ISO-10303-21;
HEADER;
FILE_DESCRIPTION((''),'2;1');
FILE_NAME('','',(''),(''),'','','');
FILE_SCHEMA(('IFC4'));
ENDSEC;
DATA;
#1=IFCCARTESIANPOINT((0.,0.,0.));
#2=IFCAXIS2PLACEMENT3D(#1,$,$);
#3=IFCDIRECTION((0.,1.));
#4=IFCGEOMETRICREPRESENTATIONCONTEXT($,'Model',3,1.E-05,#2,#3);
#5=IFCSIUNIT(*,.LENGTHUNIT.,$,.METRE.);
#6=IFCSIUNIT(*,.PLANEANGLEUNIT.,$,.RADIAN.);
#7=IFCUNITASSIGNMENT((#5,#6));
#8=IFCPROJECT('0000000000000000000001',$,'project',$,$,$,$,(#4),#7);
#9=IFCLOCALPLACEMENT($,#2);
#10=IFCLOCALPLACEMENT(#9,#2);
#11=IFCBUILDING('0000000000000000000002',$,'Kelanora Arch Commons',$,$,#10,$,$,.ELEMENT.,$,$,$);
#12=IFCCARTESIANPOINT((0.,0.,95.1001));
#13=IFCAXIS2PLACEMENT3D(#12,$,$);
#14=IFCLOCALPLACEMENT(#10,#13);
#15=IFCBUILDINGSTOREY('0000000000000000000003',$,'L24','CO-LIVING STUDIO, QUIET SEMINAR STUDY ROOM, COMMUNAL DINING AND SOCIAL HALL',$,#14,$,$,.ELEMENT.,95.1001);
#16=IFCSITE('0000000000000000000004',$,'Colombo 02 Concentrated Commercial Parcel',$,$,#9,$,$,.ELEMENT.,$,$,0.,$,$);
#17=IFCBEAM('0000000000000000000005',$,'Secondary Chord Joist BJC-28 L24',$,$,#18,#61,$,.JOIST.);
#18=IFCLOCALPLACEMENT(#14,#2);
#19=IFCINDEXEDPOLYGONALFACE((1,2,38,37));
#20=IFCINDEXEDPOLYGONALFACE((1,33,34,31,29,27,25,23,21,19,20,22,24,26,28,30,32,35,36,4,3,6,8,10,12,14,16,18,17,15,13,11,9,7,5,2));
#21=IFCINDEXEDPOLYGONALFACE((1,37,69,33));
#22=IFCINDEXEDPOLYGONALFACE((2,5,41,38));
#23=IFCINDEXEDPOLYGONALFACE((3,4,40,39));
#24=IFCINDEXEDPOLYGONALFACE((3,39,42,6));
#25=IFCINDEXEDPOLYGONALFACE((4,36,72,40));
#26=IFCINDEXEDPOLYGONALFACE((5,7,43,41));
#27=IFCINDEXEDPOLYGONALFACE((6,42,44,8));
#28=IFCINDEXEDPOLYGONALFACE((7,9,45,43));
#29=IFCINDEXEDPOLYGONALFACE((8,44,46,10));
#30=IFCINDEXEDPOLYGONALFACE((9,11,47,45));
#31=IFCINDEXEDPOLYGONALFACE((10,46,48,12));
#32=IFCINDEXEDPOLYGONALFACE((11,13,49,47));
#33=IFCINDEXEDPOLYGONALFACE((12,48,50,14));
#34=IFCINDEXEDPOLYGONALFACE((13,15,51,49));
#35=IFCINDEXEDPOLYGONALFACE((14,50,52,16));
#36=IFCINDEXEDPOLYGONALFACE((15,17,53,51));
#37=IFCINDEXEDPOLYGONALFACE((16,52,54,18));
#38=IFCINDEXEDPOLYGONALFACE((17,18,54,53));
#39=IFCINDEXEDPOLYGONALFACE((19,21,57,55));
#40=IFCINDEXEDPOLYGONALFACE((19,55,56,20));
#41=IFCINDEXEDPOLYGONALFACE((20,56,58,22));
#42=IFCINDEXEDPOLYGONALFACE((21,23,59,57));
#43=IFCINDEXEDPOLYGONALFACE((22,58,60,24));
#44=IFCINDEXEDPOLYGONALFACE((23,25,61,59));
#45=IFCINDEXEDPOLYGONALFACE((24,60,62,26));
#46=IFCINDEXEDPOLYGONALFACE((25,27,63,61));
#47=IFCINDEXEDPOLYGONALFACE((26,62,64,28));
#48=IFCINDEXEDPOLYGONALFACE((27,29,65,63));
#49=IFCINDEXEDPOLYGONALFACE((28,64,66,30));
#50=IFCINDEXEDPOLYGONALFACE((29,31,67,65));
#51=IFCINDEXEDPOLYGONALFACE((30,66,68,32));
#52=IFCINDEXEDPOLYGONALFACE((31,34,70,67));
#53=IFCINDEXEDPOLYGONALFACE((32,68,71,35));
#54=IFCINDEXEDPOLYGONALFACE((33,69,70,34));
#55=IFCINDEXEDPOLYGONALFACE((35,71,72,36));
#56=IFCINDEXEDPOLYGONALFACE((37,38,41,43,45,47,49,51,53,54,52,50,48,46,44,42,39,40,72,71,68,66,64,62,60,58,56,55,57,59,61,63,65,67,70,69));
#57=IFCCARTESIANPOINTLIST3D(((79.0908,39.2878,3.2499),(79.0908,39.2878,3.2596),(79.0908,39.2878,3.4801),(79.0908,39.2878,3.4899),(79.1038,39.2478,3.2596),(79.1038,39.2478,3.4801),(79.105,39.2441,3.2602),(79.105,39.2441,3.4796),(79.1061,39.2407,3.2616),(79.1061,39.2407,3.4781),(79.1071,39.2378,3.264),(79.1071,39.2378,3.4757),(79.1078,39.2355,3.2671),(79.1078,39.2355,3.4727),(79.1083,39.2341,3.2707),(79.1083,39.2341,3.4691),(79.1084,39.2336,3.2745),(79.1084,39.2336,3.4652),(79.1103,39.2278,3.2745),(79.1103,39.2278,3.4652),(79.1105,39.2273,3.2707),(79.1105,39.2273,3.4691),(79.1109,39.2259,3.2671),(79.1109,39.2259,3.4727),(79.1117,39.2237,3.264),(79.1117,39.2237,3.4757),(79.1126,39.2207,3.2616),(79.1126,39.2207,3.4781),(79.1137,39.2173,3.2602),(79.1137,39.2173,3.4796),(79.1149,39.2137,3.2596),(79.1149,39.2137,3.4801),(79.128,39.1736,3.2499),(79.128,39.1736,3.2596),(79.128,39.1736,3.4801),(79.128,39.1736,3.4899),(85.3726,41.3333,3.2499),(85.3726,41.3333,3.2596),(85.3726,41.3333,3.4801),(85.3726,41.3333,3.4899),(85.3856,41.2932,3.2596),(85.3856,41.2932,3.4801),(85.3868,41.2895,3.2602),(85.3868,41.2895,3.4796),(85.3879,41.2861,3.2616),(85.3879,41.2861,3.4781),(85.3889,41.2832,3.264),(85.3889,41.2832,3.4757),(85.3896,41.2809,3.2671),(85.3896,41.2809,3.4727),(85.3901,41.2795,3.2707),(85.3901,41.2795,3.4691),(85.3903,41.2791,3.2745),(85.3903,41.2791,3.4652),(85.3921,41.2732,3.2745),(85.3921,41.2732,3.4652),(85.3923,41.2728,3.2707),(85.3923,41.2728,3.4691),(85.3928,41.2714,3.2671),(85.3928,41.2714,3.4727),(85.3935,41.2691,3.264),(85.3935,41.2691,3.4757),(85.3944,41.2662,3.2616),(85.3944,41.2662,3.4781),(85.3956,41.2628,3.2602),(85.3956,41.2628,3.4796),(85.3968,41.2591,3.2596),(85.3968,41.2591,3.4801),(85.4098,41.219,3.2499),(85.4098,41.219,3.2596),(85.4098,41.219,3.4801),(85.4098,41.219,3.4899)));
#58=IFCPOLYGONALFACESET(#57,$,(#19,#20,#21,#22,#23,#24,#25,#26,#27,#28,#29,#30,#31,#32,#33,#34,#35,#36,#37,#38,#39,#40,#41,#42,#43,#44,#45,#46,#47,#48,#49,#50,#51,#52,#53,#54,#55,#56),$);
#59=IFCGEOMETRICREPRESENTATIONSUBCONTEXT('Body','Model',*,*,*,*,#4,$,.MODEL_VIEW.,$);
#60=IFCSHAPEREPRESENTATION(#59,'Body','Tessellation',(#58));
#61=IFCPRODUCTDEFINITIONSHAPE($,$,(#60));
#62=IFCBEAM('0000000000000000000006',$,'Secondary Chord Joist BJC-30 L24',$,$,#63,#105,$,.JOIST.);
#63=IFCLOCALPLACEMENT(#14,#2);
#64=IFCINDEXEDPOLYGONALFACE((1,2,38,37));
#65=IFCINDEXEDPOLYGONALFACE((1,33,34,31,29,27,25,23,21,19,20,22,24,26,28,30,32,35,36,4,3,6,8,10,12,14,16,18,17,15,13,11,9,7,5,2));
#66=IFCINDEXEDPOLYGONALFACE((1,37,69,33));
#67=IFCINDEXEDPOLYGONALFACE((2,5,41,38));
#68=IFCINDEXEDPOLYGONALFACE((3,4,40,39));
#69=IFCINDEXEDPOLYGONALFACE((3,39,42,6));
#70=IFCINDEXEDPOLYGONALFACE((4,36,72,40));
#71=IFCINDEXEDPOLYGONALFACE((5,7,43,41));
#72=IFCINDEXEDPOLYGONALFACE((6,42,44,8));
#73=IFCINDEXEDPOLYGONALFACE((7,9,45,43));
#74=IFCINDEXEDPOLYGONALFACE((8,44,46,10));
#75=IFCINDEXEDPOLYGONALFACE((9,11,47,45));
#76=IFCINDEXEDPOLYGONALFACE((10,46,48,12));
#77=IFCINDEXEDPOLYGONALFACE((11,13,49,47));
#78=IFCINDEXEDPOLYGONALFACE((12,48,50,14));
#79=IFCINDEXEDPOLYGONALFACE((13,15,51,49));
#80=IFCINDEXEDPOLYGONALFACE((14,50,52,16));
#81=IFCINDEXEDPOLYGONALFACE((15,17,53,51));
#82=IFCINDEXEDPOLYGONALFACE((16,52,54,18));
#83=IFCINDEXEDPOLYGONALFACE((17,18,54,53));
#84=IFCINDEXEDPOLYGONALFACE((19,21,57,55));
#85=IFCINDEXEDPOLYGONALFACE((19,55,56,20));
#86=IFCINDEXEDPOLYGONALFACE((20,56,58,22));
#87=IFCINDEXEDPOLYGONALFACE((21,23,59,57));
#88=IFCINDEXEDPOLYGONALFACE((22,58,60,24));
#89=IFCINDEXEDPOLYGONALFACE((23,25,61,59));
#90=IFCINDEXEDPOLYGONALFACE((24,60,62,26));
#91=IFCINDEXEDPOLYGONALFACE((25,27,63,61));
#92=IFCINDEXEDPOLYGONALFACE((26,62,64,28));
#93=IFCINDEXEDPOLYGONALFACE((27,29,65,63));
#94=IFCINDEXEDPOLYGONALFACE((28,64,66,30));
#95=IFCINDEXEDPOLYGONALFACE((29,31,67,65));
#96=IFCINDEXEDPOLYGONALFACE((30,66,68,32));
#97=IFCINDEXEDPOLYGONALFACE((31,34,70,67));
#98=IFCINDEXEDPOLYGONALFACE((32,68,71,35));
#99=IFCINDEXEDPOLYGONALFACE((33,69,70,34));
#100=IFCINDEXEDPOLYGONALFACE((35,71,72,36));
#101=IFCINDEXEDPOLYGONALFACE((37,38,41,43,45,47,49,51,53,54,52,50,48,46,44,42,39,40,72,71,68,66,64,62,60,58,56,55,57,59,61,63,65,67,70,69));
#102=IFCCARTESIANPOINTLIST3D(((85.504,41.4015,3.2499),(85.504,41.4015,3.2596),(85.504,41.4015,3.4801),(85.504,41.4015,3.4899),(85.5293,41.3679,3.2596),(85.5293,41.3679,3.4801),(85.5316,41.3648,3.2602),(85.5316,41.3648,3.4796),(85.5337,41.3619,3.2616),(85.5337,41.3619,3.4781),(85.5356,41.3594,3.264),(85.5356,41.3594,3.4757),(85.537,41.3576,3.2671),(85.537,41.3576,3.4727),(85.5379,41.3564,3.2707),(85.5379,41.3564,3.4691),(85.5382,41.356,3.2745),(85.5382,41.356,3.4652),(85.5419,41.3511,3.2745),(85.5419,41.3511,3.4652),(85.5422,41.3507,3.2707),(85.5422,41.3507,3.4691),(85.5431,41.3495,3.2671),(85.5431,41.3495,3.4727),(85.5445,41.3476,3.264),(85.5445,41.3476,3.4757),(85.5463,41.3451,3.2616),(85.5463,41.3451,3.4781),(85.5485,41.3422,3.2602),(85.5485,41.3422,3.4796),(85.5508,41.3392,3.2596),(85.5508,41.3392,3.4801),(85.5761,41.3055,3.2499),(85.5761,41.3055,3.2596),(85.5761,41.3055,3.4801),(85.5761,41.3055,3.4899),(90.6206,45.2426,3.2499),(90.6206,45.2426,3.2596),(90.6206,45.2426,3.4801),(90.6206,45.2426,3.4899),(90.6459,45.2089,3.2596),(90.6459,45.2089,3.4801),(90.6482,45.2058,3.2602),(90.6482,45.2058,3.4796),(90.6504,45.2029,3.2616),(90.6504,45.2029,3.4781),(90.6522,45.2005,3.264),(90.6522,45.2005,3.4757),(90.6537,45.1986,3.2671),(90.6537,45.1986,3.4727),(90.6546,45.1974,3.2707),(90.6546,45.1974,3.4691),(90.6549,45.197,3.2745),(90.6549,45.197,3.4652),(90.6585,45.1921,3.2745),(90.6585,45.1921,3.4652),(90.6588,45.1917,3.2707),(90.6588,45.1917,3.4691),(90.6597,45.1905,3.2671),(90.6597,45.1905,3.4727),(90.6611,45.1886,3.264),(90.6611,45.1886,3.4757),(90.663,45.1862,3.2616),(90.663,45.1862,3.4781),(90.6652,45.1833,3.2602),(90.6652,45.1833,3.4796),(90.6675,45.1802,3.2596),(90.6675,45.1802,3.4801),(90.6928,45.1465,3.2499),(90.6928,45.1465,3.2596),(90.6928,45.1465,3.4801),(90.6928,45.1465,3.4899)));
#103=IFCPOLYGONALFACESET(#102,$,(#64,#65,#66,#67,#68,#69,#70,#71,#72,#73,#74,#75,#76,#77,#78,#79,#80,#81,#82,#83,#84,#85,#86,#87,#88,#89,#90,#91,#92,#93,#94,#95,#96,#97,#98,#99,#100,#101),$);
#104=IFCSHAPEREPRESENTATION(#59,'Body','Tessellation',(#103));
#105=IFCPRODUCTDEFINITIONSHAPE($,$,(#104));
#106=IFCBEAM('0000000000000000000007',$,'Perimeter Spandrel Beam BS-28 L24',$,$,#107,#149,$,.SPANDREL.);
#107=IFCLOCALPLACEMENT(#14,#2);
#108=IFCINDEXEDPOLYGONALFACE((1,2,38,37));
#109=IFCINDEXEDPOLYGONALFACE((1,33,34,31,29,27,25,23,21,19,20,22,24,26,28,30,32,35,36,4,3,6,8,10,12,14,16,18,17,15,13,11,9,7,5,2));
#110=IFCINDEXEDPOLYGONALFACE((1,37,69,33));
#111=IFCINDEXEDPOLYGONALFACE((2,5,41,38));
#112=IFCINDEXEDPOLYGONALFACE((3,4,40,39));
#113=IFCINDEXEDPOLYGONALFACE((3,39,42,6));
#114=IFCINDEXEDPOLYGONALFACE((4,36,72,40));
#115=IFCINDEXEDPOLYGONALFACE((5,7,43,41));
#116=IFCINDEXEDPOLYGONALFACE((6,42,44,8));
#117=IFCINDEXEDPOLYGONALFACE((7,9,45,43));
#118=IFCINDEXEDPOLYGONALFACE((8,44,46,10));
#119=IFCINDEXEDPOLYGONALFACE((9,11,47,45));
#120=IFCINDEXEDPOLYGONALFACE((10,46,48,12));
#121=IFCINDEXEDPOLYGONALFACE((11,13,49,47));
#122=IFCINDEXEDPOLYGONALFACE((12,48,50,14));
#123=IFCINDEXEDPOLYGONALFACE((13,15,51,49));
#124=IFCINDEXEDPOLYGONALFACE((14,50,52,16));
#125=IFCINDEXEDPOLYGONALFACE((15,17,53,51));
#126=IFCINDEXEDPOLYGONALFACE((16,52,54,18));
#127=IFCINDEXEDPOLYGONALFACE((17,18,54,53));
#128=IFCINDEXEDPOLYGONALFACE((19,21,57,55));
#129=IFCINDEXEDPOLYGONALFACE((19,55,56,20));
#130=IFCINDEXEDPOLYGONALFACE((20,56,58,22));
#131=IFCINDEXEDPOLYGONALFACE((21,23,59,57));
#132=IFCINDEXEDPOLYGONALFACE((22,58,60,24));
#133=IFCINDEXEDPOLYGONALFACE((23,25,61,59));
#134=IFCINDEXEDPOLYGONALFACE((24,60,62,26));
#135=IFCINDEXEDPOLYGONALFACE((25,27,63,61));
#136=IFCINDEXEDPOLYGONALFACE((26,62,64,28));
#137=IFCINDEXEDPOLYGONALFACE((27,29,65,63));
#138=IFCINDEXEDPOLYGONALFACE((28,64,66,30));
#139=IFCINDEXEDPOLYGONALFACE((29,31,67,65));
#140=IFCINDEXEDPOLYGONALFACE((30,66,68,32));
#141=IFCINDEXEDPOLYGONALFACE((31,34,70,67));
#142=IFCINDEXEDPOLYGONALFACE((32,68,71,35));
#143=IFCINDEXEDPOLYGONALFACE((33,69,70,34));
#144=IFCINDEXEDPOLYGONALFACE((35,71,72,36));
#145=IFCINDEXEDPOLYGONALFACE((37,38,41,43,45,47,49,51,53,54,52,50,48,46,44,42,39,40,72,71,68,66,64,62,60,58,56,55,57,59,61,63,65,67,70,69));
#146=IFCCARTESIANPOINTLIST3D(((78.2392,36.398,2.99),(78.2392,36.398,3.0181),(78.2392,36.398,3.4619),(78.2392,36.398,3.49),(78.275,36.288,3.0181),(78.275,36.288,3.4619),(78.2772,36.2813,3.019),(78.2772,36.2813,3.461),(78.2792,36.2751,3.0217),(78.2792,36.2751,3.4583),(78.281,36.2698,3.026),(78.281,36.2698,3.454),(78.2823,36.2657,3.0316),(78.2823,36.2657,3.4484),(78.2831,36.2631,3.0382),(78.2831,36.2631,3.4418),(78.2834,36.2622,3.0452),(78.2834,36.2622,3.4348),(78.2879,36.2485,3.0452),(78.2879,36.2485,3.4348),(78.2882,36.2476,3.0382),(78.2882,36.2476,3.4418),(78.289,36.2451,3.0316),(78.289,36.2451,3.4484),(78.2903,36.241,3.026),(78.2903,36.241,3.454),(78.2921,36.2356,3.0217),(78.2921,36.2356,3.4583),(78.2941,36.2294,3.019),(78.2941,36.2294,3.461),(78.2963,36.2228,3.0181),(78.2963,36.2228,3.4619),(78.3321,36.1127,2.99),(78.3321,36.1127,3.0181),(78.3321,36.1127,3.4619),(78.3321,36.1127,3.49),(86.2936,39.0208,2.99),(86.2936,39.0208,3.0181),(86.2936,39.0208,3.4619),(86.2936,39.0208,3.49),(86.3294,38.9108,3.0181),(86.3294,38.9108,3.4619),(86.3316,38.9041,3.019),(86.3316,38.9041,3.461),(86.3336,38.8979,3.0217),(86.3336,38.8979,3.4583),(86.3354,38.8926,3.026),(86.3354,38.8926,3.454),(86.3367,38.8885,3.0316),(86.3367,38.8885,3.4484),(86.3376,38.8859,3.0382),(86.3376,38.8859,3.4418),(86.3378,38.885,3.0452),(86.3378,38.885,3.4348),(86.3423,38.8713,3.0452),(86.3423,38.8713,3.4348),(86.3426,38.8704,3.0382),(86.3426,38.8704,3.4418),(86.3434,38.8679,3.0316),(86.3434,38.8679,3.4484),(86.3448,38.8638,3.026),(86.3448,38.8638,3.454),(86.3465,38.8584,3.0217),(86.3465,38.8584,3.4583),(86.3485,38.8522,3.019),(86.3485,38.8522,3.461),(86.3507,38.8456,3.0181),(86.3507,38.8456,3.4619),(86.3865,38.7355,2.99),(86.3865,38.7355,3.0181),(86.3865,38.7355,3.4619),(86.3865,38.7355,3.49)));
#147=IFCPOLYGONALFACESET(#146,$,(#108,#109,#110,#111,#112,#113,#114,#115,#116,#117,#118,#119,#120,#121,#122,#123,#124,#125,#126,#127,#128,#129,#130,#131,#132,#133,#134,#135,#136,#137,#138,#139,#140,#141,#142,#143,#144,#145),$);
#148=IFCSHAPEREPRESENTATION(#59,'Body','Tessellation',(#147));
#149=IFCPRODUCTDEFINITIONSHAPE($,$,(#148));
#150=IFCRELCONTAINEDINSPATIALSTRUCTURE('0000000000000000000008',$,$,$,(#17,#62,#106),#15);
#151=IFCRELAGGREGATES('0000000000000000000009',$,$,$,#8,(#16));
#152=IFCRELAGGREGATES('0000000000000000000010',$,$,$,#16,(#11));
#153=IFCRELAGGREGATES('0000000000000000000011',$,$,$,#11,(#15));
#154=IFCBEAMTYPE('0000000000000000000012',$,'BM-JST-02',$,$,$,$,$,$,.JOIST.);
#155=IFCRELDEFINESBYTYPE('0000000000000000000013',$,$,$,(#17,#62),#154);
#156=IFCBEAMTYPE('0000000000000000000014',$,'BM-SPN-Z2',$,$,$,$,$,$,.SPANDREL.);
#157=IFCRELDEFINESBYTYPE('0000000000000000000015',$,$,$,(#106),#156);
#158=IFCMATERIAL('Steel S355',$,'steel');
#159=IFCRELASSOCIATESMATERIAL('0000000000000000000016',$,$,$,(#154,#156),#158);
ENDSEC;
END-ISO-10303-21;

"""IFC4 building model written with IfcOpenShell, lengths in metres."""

from ifc_helpers import new_model, si_unit, direction, frame, origin, origin_2d, place, context, subcontext, project, spatial, i_section, extrude, material, material_profile, profile_set, type_object, element, save


model = new_model("IFC4")

# Units and contexts
model_context = context("Model", 3, precision=1e-05, world=origin(), true_north=direction((0.0, 1.0)))
body_context = subcontext(model_context, "Body", "Model", "MODEL_VIEW")
ifc_project = project(units=[si_unit("LENGTHUNIT", "METRE"), si_unit("PLANEANGLEUNIT", "RADIAN")], contexts=[model_context])

# Site, building, storey
site_placement = place(None, origin())
site = spatial("IfcSite", under=ifc_project, at=site_placement, Name="Colombo 02 Concentrated Commercial Parcel", CompositionType="ELEMENT", RefElevation=0.0)
building_placement = place(site_placement, origin())
building = spatial("IfcBuilding", under=site, at=building_placement, Name="Kelanora Arch Commons", CompositionType="ELEMENT")
storey_placement = place(building_placement, frame((0.0, 0.0, 95.1001)))
storey = spatial("IfcBuildingStorey", under=building, at=storey_placement, Name="L24", Description="CO-LIVING STUDIO, QUIET SEMINAR STUDY ROOM, COMMUNAL DINING AND SOCIAL HALL", CompositionType="ELEMENT", Elevation=95.1001)

# Beams
ifc_material_1 = material(Name="Steel S355", Category="steel")
ifc_material_profile_1 = material_profile(ifc_material_1, i_section(OverallWidth=0.1201, OverallDepth=0.24, WebThickness=0.0061, FlangeThickness=0.0098, FilletRadius=0.0149, at=origin_2d()), Name="IPE240")
ifc_profile_set_1 = profile_set([ifc_material_profile_1], Name="Steel S355")
beam_type_1 = type_object("IfcBeamType", Name="BM-JST-02", PredefinedType="JOIST", material=ifc_profile_set_1)
beam_1_placement = place(storey_placement, frame((79.1094, 39.2307, 3.3699), z_axis=(0.950863, 0.309612, 0.0), x_axis=(-0.309612, 0.950863, 0.0)))
element("IfcBeam", 1, at=beam_1_placement, inside=storey, type_object=beam_type_1, Name="Secondary Chord Joist BJC-28 L24", PredefinedType="JOIST", context=body_context, shape_type="SweptSolid", body=[
    extrude(i_section(OverallWidth=0.1201, OverallDepth=0.24, WebThickness=0.0061, FlangeThickness=0.0098, FilletRadius=0.0149, at=origin_2d()), origin(), (0.0, 0.0, 1.0), 6.6064),
])
beam_2_placement = place(storey_placement, frame((85.54, 41.3535, 3.3699), z_axis=(0.799734, 0.600354, 0.0), x_axis=(-0.600354, 0.799734, 0.0)))
element("IfcBeam", 2, at=beam_2_placement, inside=storey, type_object=beam_type_1, Name="Secondary Chord Joist BJC-30 L24", PredefinedType="JOIST", context=body_context, shape_type="SweptSolid", body=[
    extrude(i_section(OverallWidth=0.1201, OverallDepth=0.24, WebThickness=0.0061, FlangeThickness=0.0098, FilletRadius=0.0149, at=origin_2d()), origin(), (0.0, 0.0, 1.0), 6.3979),
])
ifc_material_profile_2 = material_profile(ifc_material_1, i_section(OverallWidth=0.3, OverallDepth=0.5, WebThickness=0.0144, FlangeThickness=0.0281, FilletRadius=0.0271, at=origin_2d()), Name="HEB500")
ifc_profile_set_2 = profile_set([ifc_material_profile_2], Name="Steel S355")
beam_type_2 = type_object("IfcBeamType", Name="BM-SPN-Z2", PredefinedType="SPANDREL", material=ifc_profile_set_2)
beam_3_placement = place(storey_placement, frame((78.2856, 36.2554, 3.24), z_axis=(0.950857, 0.309631, 0.0), x_axis=(-0.309631, 0.950857, 0.0)))
element("IfcBeam", 3, at=beam_3_placement, inside=storey, type_object=beam_type_2, Name="Perimeter Spandrel Beam BS-28 L24", PredefinedType="SPANDREL", context=body_context, shape_type="SweptSolid", body=[
    extrude(i_section(OverallWidth=0.3, OverallDepth=0.5, WebThickness=0.0144, FlangeThickness=0.0281, FilletRadius=0.0271, at=origin_2d()), origin(), (0.0, 0.0, 1.0), 8.4707),
])

save(model, "model.ifc")
